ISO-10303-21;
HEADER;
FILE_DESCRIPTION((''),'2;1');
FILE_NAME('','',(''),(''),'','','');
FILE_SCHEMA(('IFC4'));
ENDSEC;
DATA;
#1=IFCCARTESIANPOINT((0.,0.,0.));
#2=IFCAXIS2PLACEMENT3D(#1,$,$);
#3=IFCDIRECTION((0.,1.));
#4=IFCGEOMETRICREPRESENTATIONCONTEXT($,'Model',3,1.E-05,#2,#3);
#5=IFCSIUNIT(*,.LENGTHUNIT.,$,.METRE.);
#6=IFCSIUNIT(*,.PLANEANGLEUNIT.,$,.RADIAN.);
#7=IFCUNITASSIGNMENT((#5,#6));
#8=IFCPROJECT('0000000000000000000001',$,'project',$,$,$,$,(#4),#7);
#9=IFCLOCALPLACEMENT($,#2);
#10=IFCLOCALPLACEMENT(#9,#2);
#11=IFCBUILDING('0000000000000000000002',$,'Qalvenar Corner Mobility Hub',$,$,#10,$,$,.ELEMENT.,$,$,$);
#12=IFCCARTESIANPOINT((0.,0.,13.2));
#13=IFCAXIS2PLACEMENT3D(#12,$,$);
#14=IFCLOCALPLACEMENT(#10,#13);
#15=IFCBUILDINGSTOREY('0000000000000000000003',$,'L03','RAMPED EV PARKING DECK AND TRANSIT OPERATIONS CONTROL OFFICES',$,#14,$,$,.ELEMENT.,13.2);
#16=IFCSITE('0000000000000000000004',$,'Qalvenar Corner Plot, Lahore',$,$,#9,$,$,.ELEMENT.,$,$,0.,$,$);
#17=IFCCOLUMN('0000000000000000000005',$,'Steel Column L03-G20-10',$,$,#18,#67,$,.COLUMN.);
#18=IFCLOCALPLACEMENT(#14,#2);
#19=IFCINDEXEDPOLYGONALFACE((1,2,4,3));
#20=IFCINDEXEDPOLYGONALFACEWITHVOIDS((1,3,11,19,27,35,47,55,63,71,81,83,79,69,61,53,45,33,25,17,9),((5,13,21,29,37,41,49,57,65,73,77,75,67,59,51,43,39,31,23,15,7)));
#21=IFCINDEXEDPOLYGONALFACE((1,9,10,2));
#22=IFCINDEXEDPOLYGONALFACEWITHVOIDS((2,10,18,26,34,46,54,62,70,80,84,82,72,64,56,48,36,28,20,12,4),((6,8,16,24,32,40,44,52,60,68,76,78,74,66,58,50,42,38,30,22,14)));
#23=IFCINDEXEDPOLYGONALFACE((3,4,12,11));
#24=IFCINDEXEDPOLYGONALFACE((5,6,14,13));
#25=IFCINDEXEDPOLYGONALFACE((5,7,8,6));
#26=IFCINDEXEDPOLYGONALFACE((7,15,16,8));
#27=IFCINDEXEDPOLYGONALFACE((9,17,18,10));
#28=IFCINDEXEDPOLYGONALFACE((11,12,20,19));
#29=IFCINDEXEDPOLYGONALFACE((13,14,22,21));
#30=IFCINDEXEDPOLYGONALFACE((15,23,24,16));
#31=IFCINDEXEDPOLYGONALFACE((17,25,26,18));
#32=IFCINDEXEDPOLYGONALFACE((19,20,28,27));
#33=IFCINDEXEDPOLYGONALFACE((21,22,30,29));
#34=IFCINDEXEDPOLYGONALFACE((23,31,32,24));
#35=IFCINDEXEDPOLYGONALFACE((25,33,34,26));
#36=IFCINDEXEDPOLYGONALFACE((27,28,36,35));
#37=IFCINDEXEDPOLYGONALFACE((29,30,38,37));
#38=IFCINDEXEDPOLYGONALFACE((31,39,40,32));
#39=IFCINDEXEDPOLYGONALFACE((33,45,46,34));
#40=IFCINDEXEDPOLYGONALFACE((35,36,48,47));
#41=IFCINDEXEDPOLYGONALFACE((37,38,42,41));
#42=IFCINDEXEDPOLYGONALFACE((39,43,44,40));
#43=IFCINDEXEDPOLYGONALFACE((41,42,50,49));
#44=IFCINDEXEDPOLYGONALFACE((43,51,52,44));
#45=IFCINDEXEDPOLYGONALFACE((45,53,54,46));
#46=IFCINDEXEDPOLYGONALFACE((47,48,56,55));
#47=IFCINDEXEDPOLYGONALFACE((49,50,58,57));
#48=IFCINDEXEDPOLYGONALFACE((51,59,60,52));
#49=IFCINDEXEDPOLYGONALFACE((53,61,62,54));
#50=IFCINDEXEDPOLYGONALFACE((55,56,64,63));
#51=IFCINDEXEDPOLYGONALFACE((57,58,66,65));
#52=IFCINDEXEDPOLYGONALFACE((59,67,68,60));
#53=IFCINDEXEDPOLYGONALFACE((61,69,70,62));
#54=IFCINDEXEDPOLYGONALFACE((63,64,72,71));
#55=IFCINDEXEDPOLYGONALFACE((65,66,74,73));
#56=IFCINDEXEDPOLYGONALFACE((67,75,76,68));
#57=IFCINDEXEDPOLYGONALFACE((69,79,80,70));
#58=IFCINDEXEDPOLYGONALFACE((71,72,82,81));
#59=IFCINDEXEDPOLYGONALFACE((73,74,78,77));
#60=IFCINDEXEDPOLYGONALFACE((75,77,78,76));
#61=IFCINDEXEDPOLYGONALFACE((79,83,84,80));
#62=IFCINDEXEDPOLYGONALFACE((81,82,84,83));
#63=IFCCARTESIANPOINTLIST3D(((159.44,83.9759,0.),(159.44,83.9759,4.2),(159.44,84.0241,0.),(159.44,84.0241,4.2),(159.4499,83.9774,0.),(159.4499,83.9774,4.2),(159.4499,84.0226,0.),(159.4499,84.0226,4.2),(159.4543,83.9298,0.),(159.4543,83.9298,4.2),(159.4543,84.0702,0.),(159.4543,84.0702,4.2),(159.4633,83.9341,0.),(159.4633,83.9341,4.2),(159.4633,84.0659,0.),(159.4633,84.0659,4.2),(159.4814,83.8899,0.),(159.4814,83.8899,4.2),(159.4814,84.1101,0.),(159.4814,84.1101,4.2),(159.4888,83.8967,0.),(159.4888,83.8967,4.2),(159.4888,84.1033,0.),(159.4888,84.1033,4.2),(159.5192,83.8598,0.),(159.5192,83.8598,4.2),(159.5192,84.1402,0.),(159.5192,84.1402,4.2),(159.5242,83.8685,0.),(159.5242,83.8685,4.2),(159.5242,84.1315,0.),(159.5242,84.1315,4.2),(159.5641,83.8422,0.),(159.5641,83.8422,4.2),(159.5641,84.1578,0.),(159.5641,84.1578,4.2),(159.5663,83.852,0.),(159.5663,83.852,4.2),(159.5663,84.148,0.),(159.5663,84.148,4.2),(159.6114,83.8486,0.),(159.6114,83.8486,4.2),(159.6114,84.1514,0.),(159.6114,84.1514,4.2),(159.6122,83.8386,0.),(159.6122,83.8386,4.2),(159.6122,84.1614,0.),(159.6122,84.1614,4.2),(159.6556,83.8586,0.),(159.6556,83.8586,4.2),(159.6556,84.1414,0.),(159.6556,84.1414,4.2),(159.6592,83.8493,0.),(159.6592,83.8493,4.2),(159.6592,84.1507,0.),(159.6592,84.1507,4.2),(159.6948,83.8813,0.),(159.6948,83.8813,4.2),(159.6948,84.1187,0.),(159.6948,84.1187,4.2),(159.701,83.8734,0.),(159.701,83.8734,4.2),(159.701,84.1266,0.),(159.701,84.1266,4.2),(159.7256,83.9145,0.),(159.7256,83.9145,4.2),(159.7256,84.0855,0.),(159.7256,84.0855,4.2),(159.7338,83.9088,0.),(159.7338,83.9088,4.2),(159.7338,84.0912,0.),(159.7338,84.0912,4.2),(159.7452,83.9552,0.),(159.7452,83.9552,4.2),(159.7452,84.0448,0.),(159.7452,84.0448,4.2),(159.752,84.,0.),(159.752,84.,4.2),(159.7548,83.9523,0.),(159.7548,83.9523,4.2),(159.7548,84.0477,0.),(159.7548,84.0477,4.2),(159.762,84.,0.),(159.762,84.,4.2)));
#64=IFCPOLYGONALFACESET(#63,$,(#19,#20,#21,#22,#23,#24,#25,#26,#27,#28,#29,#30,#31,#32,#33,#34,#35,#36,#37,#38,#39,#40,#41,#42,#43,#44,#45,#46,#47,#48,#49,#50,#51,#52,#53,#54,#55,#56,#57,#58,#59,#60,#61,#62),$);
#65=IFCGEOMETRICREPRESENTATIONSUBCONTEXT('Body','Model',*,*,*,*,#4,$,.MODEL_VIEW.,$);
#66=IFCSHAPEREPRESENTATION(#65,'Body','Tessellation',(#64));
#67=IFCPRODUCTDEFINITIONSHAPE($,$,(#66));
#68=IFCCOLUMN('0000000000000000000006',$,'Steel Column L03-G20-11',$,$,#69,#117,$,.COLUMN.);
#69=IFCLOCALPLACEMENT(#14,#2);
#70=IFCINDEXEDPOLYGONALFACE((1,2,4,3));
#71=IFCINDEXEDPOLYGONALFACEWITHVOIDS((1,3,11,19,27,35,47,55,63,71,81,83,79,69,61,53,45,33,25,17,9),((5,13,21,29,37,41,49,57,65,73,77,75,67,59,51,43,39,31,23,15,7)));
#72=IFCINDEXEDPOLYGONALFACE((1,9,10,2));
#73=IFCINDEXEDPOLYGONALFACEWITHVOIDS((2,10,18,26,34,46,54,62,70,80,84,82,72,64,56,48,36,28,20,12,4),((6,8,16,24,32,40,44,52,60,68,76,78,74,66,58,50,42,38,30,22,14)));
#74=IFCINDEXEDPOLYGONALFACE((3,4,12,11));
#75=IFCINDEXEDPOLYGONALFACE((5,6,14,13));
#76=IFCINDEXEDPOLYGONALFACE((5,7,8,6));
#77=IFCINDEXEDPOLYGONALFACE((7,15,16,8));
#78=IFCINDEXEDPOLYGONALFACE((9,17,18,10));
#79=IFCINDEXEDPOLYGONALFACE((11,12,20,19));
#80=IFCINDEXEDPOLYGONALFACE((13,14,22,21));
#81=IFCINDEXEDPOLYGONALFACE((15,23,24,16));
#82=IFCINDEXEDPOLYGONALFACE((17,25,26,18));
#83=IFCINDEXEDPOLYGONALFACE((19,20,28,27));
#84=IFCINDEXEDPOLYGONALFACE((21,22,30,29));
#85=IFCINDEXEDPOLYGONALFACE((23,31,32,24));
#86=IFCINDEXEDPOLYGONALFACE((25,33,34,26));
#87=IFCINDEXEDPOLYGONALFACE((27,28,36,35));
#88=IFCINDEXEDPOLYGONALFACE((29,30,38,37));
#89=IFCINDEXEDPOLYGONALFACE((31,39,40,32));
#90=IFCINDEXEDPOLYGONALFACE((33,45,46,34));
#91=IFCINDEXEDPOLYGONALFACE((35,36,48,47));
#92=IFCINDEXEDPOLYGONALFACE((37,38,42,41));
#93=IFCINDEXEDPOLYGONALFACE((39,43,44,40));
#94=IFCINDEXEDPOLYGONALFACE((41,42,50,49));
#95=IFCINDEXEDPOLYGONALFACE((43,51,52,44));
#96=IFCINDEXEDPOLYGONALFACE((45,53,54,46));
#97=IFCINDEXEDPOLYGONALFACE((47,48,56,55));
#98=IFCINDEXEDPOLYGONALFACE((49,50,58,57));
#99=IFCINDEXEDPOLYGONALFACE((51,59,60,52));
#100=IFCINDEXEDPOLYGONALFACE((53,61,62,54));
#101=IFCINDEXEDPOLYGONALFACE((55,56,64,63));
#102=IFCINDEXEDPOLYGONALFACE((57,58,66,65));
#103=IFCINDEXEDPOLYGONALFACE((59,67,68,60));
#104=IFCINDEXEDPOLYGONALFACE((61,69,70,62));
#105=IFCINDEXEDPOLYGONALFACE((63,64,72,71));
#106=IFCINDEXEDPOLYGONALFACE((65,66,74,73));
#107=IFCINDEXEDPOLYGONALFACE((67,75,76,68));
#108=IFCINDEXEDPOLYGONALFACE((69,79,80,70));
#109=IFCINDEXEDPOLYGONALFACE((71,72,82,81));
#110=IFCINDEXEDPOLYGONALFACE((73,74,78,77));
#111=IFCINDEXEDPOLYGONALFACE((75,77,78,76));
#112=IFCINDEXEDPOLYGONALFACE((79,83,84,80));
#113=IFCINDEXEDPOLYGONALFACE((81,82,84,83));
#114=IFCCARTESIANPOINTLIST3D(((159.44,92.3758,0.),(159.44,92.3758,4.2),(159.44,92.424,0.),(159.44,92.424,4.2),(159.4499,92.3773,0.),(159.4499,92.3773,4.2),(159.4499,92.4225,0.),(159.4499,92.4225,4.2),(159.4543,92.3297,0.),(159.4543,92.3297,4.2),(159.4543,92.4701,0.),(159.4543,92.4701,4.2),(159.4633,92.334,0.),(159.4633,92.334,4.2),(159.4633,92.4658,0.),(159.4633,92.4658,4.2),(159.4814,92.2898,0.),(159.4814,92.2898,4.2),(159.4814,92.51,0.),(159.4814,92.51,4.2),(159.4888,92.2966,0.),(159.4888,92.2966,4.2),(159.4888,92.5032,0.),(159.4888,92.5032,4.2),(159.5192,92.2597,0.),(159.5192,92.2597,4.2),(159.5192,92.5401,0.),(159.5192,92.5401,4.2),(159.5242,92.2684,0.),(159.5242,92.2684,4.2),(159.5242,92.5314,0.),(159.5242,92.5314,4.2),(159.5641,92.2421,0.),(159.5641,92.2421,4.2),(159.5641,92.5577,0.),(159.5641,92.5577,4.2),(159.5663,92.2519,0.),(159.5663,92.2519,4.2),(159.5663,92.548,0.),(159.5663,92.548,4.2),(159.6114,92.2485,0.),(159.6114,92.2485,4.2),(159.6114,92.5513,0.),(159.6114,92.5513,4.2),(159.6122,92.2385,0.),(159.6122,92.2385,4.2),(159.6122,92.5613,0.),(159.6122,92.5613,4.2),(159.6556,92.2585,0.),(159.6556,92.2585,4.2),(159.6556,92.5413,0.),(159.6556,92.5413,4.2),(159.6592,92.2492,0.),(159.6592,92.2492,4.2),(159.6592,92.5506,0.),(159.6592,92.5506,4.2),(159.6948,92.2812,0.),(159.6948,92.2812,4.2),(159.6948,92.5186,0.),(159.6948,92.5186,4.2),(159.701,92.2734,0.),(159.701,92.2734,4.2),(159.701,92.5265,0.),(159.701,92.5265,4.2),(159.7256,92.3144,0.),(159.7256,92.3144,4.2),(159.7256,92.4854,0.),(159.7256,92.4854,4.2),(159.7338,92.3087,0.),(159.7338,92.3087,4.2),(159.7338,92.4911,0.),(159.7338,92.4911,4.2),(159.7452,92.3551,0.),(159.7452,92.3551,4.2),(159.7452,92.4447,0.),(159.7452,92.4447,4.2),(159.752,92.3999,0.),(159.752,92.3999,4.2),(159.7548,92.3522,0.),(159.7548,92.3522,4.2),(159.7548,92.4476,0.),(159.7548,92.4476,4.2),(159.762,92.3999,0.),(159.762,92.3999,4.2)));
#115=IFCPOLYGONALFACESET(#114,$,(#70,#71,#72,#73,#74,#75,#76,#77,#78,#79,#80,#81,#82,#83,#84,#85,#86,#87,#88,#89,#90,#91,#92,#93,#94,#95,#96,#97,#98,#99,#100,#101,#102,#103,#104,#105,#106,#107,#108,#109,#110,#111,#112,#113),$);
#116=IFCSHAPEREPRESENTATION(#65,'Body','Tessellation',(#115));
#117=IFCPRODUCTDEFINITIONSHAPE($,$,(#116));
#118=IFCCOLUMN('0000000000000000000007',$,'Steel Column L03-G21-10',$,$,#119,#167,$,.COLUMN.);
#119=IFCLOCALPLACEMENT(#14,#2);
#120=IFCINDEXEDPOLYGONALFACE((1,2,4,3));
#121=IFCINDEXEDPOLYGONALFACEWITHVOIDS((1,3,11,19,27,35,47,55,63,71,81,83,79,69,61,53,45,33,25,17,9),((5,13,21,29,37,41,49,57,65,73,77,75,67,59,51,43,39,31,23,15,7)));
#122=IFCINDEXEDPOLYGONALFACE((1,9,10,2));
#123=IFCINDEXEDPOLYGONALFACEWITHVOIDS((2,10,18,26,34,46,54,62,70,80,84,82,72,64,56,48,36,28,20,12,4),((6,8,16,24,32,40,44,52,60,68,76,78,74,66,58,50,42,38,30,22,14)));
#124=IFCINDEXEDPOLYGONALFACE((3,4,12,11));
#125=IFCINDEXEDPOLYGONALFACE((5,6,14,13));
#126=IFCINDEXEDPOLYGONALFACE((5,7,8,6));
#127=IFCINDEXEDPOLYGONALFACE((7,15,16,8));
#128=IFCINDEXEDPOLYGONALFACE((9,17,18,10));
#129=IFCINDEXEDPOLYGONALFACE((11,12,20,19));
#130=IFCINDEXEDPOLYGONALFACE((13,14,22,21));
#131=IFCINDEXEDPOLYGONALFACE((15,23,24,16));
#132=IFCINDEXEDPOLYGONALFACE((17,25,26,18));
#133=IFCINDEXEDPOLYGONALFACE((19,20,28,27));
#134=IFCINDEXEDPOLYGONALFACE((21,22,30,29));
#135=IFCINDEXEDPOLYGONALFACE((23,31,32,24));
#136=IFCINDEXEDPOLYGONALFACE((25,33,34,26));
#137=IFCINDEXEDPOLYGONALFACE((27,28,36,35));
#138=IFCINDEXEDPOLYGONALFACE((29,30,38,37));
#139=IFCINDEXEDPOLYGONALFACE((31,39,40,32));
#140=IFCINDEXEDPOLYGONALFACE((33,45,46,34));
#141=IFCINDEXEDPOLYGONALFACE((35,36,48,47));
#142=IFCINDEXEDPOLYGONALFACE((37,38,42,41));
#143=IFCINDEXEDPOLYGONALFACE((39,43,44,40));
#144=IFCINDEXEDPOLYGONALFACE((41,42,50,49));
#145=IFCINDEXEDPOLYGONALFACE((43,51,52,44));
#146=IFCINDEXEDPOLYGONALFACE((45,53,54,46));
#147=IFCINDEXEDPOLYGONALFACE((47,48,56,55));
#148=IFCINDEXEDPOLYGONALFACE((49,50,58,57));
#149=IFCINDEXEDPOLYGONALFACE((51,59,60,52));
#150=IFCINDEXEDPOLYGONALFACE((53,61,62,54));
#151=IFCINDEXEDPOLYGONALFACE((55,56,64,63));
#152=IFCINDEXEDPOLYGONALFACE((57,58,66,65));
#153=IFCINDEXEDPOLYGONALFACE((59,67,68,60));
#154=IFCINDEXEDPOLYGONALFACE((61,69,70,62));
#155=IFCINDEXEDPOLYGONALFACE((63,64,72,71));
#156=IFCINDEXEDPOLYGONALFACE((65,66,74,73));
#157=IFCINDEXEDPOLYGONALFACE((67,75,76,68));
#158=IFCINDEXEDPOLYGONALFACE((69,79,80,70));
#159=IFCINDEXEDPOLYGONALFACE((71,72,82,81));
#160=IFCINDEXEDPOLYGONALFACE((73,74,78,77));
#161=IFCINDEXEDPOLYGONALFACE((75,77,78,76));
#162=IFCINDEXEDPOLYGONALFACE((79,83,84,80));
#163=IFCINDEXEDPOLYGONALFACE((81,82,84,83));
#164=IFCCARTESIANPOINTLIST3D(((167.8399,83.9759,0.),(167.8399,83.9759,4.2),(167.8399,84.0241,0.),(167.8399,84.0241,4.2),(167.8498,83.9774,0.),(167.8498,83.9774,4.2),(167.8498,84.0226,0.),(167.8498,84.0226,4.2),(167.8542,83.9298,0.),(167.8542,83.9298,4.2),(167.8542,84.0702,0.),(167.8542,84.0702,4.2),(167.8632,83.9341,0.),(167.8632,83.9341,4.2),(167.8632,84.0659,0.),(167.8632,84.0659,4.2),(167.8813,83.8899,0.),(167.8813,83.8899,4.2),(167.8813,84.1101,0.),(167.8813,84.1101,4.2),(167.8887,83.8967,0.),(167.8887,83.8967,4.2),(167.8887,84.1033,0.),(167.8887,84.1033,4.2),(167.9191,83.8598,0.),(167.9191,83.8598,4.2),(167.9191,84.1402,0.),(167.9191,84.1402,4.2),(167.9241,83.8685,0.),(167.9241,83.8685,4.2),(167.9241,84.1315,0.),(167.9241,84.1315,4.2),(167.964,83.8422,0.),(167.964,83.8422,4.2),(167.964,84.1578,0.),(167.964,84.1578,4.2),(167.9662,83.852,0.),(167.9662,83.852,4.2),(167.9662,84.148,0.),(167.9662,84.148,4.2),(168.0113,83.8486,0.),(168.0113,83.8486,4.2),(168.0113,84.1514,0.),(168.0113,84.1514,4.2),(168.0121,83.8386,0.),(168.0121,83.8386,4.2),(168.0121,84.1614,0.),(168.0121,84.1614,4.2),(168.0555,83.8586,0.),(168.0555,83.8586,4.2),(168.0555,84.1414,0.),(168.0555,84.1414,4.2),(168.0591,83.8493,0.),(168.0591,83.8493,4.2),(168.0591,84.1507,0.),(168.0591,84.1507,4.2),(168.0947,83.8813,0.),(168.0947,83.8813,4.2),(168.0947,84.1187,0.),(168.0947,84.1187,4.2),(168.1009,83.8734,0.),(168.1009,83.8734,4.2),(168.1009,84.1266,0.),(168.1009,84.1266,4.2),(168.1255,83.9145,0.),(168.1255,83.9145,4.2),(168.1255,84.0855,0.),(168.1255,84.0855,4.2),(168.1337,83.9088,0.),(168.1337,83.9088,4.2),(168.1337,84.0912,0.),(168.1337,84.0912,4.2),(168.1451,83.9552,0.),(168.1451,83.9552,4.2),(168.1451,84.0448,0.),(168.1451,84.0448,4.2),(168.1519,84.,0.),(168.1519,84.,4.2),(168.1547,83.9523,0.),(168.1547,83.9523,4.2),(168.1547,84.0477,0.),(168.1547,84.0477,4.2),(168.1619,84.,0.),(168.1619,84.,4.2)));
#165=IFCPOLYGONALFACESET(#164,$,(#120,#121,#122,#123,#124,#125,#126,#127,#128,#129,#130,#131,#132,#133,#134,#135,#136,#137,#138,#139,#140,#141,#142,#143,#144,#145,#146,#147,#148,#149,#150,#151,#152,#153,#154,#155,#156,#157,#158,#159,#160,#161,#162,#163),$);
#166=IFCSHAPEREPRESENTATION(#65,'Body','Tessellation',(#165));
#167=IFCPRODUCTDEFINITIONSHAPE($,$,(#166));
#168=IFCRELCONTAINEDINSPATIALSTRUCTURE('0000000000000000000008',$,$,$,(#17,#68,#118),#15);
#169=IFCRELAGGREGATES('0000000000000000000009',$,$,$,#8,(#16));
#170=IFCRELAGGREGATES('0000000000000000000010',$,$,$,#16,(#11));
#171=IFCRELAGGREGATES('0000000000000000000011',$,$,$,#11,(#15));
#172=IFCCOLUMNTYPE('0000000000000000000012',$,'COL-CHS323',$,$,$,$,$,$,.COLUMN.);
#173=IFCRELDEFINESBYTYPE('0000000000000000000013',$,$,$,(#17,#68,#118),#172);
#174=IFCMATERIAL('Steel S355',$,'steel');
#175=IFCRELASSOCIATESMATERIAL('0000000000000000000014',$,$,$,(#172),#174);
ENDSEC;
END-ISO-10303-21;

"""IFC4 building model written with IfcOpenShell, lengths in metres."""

from ifc_helpers import new_model, si_unit, direction, frame, origin, origin_2d, place, context, subcontext, project, spatial, hollow_circle, extrude, material, material_profile, profile_set, type_object, element, save


model = new_model("IFC4")

# Units and contexts
model_context = context("Model", 3, precision=1e-05, world=origin(), true_north=direction((0.0, 1.0)))
body_context = subcontext(model_context, "Body", "Model", "MODEL_VIEW")
ifc_project = project(units=[si_unit("LENGTHUNIT", "METRE"), si_unit("PLANEANGLEUNIT", "RADIAN")], contexts=[model_context])

# Site, building, storey
site_placement = place(None, origin())
site = spatial("IfcSite", under=ifc_project, at=site_placement, Name="Qalvenar Corner Plot, Lahore", CompositionType="ELEMENT", RefElevation=0.0)
building_placement = place(site_placement, origin())
building = spatial("IfcBuilding", under=site, at=building_placement, Name="Qalvenar Corner Mobility Hub", CompositionType="ELEMENT")
storey_placement = place(building_placement, frame((0.0, 0.0, 13.2)))
storey = spatial("IfcBuildingStorey", under=building, at=storey_placement, Name="L03", Description="RAMPED EV PARKING DECK AND TRANSIT OPERATIONS CONTROL OFFICES", CompositionType="ELEMENT", Elevation=13.2)

# Columns
ifc_material_1 = material(Name="Steel S355", Category="steel")
ifc_material_profile_1 = material_profile(ifc_material_1, hollow_circle(Radius=0.1619, WallThickness=0.01, at=origin_2d()), Name="CHS323.9x10")
ifc_profile_set_1 = profile_set([ifc_material_profile_1], Name="Steel S355")
column_type = type_object("IfcColumnType", Name="COL-CHS323", PredefinedType="COLUMN", material=ifc_profile_set_1)
for number, where, z_axis, x_axis, name in (
    (1, (159.6001, 84.0, 0.0), (0.0, 0.0, 1.0), (1.0, 0.0, 0.0), "Steel Column L03-G20-10"),
    (2, (159.6001, 92.3999, 0.0), (0.0, 0.0, 1.0), (1.0, 0.0, 0.0), "Steel Column L03-G20-11"),
    (3, (168.0, 84.0, 0.0), (0.0, 0.0, 1.0), (1.0, 0.0, 0.0), "Steel Column L03-G21-10"),
):
    element("IfcColumn", number, at=place(storey_placement, frame(where, z_axis=z_axis, x_axis=x_axis)), inside=storey, type_object=column_type, Name=name, PredefinedType="COLUMN", context=body_context, shape_type="SweptSolid", body=[
        extrude(hollow_circle(Radius=0.1619, WallThickness=0.01, at=origin_2d()), origin(), (0.0, 0.0, 1.0), 4.2),
    ])

save(model, "model.ifc")
